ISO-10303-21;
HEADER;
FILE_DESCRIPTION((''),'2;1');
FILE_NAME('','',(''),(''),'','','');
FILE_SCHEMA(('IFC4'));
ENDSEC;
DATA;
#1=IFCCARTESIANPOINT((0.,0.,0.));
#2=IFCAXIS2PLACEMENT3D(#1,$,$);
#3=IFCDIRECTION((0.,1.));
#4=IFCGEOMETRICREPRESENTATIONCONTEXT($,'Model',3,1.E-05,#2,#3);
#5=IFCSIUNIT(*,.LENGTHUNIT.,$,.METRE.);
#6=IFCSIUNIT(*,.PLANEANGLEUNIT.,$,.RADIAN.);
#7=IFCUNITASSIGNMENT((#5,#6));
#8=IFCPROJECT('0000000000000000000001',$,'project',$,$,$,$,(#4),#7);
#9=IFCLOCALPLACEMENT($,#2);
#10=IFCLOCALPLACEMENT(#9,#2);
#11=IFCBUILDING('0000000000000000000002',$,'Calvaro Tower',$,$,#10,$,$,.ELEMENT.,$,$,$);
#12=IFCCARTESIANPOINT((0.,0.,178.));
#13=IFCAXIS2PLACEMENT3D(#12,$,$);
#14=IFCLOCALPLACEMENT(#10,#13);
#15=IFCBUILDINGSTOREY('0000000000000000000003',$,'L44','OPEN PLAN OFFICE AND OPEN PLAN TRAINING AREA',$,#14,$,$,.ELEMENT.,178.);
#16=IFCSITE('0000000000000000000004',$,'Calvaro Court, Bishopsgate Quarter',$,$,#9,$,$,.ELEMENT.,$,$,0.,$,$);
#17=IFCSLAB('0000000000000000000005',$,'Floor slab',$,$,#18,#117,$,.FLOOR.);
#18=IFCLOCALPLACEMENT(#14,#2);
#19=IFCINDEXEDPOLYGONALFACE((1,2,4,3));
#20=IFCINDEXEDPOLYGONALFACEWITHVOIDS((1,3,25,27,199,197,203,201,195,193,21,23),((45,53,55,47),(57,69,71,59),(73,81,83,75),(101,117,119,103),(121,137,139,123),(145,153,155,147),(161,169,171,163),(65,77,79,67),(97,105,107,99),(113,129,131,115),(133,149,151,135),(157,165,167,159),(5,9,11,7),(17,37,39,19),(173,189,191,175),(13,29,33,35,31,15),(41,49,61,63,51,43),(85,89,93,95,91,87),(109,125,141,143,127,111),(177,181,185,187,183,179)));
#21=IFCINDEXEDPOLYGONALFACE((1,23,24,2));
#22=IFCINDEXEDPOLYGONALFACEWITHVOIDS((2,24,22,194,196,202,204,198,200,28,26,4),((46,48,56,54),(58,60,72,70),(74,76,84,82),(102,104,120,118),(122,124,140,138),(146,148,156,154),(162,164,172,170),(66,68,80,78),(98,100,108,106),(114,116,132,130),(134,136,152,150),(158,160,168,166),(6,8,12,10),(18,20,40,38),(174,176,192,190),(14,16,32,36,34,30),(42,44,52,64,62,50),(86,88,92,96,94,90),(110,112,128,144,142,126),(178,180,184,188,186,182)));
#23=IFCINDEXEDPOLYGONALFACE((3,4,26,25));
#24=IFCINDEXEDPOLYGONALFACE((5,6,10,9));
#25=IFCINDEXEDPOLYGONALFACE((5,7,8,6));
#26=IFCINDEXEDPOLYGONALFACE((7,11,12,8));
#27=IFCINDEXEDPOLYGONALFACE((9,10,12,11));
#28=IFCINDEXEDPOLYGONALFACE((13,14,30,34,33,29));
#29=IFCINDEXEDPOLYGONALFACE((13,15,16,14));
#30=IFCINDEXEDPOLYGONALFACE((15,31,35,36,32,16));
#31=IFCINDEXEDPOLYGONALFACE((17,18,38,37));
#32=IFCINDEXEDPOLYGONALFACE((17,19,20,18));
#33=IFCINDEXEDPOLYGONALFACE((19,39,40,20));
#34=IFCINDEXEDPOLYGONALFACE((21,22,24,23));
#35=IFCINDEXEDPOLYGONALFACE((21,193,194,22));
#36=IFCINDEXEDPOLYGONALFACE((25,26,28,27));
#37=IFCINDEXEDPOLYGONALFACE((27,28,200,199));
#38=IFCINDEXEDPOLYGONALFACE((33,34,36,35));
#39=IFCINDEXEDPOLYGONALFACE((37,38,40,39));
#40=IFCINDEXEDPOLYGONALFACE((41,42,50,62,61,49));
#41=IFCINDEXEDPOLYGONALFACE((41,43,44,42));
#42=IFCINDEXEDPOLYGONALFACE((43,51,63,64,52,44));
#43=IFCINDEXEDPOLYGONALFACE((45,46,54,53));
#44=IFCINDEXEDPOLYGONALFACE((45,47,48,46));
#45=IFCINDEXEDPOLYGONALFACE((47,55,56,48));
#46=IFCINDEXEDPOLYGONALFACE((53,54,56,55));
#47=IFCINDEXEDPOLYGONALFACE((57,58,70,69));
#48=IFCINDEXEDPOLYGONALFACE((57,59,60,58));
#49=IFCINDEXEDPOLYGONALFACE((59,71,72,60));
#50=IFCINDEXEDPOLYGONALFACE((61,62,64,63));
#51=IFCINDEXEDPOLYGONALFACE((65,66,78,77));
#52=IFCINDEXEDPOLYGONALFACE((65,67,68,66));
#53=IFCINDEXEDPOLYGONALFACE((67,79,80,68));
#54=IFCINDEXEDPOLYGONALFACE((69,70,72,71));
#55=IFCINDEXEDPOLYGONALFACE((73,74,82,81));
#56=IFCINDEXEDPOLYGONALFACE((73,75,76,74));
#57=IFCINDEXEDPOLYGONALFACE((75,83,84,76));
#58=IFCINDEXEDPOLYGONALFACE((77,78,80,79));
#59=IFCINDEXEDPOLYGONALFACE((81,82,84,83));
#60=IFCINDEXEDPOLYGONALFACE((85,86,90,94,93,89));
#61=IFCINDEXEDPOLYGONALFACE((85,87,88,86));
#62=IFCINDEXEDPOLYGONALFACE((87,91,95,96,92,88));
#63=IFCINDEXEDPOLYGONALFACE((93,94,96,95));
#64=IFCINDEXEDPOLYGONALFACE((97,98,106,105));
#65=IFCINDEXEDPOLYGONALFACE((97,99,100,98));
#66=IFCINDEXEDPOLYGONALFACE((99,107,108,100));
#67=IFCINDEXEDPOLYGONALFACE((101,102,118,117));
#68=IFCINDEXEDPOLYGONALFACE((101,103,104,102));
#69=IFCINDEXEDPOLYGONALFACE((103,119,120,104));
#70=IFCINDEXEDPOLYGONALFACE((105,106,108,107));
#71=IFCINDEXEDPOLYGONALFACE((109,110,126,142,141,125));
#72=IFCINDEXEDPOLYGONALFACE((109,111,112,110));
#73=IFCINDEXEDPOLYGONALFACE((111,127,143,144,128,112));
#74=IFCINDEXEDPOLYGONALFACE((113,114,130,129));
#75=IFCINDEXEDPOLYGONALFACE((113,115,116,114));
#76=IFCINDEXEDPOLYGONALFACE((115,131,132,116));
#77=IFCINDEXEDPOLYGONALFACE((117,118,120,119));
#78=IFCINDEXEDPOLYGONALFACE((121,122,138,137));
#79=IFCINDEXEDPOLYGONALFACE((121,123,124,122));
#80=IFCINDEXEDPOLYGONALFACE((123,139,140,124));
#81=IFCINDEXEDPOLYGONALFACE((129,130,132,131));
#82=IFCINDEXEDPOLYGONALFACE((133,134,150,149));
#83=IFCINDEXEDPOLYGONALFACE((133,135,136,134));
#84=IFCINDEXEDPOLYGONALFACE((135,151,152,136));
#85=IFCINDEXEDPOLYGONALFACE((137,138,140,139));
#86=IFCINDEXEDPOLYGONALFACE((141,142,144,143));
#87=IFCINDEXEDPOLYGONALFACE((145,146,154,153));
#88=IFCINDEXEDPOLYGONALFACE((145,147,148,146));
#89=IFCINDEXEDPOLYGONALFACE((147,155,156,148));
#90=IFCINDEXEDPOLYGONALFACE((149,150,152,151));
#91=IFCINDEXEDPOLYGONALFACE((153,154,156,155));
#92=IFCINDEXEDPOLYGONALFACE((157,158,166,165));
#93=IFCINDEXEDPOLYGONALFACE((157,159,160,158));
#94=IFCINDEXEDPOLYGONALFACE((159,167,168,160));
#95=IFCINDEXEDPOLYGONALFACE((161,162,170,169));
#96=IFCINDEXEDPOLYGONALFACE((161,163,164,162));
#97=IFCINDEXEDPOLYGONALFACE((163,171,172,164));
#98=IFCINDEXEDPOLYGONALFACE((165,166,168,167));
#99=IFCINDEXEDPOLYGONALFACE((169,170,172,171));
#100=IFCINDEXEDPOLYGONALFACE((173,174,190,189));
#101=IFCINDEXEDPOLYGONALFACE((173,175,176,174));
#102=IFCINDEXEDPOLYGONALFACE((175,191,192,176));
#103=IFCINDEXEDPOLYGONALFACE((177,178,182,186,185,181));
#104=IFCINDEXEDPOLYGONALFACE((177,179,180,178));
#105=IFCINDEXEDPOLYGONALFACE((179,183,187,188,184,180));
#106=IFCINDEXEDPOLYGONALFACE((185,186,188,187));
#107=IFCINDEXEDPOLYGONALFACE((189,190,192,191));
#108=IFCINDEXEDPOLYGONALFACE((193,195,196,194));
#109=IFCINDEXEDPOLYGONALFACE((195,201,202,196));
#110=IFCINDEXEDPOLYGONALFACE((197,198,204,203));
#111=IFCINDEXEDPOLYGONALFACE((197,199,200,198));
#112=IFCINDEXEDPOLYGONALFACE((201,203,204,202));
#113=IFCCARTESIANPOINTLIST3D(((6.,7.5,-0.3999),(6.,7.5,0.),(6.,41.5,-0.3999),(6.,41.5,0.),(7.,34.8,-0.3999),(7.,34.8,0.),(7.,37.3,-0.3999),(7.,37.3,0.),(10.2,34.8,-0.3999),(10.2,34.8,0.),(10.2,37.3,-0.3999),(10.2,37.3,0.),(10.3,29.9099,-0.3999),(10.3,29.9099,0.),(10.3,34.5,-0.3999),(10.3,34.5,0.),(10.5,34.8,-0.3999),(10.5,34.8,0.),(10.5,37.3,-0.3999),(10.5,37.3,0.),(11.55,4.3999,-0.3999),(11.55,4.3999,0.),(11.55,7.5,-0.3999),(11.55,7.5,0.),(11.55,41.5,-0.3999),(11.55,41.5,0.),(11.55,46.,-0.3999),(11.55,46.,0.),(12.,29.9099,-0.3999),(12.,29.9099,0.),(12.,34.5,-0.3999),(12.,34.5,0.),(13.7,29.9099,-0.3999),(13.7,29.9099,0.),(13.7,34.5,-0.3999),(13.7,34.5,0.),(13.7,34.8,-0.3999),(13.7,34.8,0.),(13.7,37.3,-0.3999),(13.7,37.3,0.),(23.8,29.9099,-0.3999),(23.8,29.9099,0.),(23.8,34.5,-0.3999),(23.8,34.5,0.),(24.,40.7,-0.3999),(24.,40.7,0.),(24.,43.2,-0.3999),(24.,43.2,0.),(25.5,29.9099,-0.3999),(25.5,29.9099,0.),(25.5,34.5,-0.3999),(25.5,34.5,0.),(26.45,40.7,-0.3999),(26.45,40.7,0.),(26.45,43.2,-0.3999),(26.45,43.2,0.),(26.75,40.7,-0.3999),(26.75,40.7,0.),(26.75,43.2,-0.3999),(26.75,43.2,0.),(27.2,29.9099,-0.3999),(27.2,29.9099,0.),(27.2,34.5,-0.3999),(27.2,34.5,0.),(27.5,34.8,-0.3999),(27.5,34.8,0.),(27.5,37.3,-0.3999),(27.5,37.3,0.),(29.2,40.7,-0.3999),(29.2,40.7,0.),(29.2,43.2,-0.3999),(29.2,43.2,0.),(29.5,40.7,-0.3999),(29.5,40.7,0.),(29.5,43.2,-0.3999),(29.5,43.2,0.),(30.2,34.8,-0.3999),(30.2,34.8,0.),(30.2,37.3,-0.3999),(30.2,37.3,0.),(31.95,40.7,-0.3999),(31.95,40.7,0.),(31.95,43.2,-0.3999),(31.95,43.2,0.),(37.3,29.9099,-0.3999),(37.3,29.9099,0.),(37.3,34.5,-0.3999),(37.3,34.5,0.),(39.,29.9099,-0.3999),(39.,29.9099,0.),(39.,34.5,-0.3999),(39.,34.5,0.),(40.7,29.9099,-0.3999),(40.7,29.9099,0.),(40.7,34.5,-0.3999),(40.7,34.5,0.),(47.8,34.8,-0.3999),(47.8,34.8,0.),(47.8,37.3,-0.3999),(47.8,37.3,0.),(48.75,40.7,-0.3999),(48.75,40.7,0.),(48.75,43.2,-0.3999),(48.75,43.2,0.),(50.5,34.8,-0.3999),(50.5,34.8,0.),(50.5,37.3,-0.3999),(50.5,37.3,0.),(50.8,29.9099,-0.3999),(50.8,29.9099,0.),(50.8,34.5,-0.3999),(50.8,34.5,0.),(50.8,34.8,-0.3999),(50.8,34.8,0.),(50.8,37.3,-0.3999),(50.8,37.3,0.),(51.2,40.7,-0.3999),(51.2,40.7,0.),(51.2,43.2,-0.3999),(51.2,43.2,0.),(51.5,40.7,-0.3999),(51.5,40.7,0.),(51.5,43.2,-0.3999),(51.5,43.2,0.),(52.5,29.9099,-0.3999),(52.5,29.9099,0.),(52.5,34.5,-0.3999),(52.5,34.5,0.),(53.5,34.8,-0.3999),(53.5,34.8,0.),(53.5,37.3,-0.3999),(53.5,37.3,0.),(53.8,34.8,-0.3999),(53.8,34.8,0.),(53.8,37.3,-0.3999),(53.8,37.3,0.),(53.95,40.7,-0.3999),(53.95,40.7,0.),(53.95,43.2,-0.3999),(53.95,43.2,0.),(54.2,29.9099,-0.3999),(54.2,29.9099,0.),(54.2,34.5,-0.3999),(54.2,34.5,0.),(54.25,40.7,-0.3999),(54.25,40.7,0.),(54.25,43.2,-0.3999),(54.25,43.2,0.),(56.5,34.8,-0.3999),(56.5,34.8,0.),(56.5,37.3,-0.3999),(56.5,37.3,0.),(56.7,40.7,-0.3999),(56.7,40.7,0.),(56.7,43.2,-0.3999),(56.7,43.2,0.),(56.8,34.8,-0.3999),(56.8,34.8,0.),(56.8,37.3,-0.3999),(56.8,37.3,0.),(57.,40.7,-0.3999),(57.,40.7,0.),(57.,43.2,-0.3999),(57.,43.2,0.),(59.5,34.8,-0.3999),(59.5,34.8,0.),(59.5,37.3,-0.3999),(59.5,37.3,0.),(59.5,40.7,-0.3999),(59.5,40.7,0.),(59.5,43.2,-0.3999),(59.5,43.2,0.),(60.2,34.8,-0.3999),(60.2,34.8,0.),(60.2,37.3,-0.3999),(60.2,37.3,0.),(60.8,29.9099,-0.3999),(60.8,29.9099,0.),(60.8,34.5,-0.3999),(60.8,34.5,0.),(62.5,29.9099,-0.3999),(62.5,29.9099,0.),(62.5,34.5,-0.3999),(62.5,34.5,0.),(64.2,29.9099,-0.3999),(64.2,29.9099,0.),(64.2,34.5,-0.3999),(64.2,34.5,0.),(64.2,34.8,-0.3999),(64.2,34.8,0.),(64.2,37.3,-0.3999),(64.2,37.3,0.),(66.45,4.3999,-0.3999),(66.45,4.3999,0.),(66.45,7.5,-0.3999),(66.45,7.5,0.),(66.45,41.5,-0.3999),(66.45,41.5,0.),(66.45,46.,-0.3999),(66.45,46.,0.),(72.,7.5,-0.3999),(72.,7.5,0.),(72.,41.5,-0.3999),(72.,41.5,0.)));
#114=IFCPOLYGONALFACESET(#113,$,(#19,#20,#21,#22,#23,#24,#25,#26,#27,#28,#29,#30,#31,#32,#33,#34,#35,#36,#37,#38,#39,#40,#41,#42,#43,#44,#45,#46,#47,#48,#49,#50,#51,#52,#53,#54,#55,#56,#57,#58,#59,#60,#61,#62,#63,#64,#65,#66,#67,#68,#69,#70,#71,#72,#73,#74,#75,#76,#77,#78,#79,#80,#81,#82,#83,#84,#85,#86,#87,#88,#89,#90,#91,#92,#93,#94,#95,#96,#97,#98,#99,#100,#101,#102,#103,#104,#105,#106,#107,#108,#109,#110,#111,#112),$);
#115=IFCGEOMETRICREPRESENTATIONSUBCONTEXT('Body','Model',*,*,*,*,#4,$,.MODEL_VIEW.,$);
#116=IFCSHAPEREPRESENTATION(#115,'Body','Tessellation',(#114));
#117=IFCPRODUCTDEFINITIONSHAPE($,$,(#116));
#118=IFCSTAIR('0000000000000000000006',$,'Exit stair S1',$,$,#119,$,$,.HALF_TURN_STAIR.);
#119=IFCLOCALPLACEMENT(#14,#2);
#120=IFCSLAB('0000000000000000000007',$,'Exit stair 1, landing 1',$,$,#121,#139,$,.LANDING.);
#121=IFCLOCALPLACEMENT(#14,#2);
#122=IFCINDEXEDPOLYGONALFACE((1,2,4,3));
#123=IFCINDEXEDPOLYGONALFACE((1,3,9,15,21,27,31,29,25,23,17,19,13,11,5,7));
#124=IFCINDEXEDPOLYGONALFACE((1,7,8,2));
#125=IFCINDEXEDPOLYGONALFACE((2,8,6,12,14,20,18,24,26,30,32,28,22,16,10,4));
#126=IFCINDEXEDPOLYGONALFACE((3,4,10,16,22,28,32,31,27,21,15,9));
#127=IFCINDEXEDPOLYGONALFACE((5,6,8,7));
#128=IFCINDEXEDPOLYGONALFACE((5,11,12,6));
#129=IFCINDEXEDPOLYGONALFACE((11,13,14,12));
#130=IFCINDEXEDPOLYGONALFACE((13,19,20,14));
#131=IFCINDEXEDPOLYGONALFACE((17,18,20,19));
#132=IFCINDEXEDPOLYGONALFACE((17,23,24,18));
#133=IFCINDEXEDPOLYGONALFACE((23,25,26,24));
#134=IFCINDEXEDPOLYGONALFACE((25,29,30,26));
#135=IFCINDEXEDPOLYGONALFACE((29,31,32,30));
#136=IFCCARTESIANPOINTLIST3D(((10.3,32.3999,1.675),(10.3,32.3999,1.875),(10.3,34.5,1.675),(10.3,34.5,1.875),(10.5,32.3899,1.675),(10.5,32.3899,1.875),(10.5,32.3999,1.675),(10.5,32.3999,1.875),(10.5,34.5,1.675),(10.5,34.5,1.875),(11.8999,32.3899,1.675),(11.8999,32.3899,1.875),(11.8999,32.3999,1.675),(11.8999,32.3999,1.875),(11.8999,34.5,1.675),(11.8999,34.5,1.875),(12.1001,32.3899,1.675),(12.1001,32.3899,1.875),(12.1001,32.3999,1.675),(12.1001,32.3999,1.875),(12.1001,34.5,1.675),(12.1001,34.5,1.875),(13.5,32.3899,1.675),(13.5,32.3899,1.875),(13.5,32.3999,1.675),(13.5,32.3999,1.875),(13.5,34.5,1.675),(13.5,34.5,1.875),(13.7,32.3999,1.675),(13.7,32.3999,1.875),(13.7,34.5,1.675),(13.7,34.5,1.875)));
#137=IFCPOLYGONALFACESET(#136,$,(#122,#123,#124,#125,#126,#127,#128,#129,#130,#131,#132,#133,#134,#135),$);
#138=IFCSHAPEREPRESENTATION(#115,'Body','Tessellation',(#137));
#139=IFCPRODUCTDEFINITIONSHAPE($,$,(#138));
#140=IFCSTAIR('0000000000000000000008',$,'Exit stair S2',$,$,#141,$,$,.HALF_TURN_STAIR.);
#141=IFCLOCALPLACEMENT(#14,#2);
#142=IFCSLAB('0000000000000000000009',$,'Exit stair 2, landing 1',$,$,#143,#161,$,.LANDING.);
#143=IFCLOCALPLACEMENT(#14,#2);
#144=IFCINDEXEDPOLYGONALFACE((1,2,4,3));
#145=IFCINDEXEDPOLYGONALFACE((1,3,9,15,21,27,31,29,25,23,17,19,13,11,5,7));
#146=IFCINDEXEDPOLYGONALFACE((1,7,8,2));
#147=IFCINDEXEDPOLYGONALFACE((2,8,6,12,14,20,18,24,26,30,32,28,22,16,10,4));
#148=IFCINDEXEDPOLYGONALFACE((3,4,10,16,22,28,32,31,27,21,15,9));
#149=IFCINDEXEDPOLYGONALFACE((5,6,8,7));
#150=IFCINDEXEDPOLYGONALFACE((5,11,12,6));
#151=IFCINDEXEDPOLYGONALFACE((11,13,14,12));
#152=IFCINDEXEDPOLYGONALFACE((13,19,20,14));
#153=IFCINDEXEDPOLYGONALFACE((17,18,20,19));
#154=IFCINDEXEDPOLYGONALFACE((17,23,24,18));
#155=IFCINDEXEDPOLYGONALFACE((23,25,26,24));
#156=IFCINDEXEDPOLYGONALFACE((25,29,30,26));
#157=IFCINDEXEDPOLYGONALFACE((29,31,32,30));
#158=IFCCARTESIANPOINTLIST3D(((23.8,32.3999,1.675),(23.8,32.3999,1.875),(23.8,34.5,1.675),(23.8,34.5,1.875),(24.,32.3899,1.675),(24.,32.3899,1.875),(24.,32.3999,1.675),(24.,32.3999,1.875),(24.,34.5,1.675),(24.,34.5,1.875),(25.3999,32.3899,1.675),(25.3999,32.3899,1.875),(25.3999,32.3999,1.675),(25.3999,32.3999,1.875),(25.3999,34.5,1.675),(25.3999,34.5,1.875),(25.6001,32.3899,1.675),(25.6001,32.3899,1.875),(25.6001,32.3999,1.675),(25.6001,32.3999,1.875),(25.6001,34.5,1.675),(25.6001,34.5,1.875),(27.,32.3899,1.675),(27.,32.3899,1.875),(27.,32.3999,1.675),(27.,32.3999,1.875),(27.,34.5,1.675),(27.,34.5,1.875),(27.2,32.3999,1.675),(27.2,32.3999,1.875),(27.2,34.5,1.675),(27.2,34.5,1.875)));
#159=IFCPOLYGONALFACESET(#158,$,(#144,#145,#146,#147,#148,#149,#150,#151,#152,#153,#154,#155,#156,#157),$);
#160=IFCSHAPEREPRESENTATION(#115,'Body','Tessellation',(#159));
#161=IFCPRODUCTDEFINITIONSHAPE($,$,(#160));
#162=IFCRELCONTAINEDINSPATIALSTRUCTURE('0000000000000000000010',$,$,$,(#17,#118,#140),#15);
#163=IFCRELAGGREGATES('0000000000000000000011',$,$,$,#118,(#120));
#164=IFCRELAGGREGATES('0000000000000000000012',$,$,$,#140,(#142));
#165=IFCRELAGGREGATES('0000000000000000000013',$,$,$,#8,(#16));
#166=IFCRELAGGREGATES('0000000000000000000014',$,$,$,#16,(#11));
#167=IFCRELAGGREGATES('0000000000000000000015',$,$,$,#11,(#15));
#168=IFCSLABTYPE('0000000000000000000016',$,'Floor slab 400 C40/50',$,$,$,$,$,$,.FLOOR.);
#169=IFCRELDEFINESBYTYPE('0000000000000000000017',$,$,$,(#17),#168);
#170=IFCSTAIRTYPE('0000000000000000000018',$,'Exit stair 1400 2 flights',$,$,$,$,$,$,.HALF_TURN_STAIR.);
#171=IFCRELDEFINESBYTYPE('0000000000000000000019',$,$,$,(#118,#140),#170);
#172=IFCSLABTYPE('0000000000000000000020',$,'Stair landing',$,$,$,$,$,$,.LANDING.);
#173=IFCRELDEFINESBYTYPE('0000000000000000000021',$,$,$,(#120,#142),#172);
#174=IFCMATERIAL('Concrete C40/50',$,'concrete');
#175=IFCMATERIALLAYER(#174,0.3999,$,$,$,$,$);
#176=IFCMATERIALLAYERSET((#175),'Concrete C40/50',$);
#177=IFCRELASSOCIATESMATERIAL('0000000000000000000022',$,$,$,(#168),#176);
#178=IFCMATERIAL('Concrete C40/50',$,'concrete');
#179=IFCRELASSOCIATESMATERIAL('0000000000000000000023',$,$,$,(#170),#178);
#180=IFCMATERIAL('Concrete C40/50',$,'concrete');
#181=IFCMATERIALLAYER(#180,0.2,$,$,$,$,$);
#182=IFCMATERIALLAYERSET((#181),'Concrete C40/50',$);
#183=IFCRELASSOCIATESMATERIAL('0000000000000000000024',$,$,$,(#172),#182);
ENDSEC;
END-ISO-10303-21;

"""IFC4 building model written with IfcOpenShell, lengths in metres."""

from ifc_helpers import new_model, si_unit, direction, frame, origin, place, context, subcontext, project, spatial, polyline, outline, extrude, material, layer, layer_set, type_object, element, aggregate, save


model = new_model("IFC4")

# Units and contexts
model_context = context("Model", 3, precision=1e-05, world=origin(), true_north=direction((0.0, 1.0)))
body_context = subcontext(model_context, "Body", "Model", "MODEL_VIEW")
ifc_project = project(units=[si_unit("LENGTHUNIT", "METRE"), si_unit("PLANEANGLEUNIT", "RADIAN")], contexts=[model_context])

# Site, building, storey
site_placement = place(None, origin())
site = spatial("IfcSite", under=ifc_project, at=site_placement, Name="Calvaro Court, Bishopsgate Quarter", CompositionType="ELEMENT", RefElevation=0.0)
building_placement = place(site_placement, origin())
building = spatial("IfcBuilding", under=site, at=building_placement, Name="Calvaro Tower", CompositionType="ELEMENT")
storey_placement = place(building_placement, frame((0.0, 0.0, 178.0)))
storey = spatial("IfcBuildingStorey", under=building, at=storey_placement, Name="L44", Description="OPEN PLAN OFFICE AND OPEN PLAN TRAINING AREA", CompositionType="ELEMENT", Elevation=178.0)

# Slab
ifc_material_1 = material(Name="Concrete C40/50", Category="concrete")
ifc_layer_1 = layer(ifc_material_1, 0.3999)
ifc_layer_set_1 = layer_set([ifc_layer_1], Name="Concrete C40/50")
slab_type_1 = type_object("IfcSlabType", Name="Floor slab 400 C40/50", PredefinedType="FLOOR", material=ifc_layer_set_1)
slab_1_placement = place(storey_placement, frame((0.0, 0.0, -0.3999)))
element("IfcSlab", 1, at=slab_1_placement, inside=storey, type_object=slab_type_1, Name="Floor slab", PredefinedType="FLOOR", context=body_context, shape_type="SweptSolid", body=[
    extrude(outline(polyline([(66.45, 7.5), (66.45, 4.3999), (11.55, 4.3999), (11.55, 7.5), (6.0, 7.5), (6.0, 41.5), (11.55, 41.5), (11.55, 46.0), (66.45, 46.0), (66.45, 41.5), (72.0, 41.5), (72.0, 7.5), (66.45, 7.5)]), holes=[polyline([(10.3, 29.9099), (10.3, 34.5), (12.0, 34.5), (13.7, 34.5), (13.7, 29.9099), (12.0, 29.9099), (10.3, 29.9099)]), polyline([(23.8, 29.9099), (23.8, 34.5), (25.5, 34.5), (27.2, 34.5), (27.2, 29.9099), (25.5, 29.9099), (23.8, 29.9099)]), polyline([(37.3, 29.9099), (37.3, 34.5), (39.0, 34.5), (40.7, 34.5), (40.7, 29.9099), (39.0, 29.9099), (37.3, 29.9099)]), polyline([(50.8, 29.9099), (50.8, 34.5), (52.5, 34.5), (54.2, 34.5), (54.2, 29.9099), (52.5, 29.9099), (50.8, 29.9099)]), polyline([(60.8, 29.9099), (60.8, 34.5), (62.5, 34.5), (64.2, 34.5), (64.2, 29.9099), (62.5, 29.9099), (60.8, 29.9099)]), polyline([(50.8, 34.8), (53.5, 34.8), (53.5, 37.3), (50.8, 37.3), (50.8, 34.8)]), polyline([(53.8, 34.8), (56.5, 34.8), (56.5, 37.3), (53.8, 37.3), (53.8, 34.8)]), polyline([(56.8, 34.8), (59.5, 34.8), (59.5, 37.3), (56.8, 37.3), (56.8, 34.8)]), polyline([(24.0, 40.7), (26.45, 40.7), (26.45, 43.2), (24.0, 43.2), (24.0, 40.7)]), polyline([(26.75, 40.7), (29.2, 40.7), (29.2, 43.2), (26.75, 43.2), (26.75, 40.7)]), polyline([(29.5, 40.7), (31.95, 40.7), (31.95, 43.2), (29.5, 43.2), (29.5, 40.7)]), polyline([(48.75, 40.7), (51.2, 40.7), (51.2, 43.2), (48.75, 43.2), (48.75, 40.7)]), polyline([(51.5, 40.7), (53.95, 40.7), (53.95, 43.2), (51.5, 43.2), (51.5, 40.7)]), polyline([(54.25, 40.7), (56.7, 40.7), (56.7, 43.2), (54.25, 43.2), (54.25, 40.7)]), polyline([(57.0, 40.7), (59.5, 40.7), (59.5, 43.2), (57.0, 43.2), (57.0, 40.7)]), polyline([(7.0, 34.8), (10.2, 34.8), (10.2, 37.3), (7.0, 37.3), (7.0, 34.8)]), polyline([(10.5, 34.8), (13.7, 34.8), (13.7, 37.3), (10.5, 37.3), (10.5, 34.8)]), polyline([(60.2, 34.8), (64.2, 34.8), (64.2, 37.3), (60.2, 37.3), (60.2, 34.8)]), polyline([(27.5, 34.8), (30.2, 34.8), (30.2, 37.3), (27.5, 37.3), (27.5, 34.8)]), polyline([(47.8, 34.8), (50.5, 34.8), (50.5, 37.3), (47.8, 37.3), (47.8, 34.8)])]), origin(), (0.0, 0.0, 1.0), 0.3999),
])

# Stairs, slabs
ifc_material_2 = material(Name="Concrete C40/50", Category="concrete")
stair_type = type_object("IfcStairType", Name="Exit stair 1400 2 flights", PredefinedType="HALF_TURN_STAIR", material=ifc_material_2)
stair_1_placement = place(storey_placement, origin())
stair_1 = element("IfcStair", 2, at=stair_1_placement, inside=storey, type_object=stair_type, Name="Exit stair S1", PredefinedType="HALF_TURN_STAIR")
ifc_material_3 = material(Name="Concrete C40/50", Category="concrete")
ifc_layer_2 = layer(ifc_material_3, 0.2)
ifc_layer_set_2 = layer_set([ifc_layer_2], Name="Concrete C40/50")
slab_type_2 = type_object("IfcSlabType", Name="Stair landing", PredefinedType="LANDING", material=ifc_layer_set_2)
slab_2_placement = place(storey_placement, frame((0.0, 0.0, 1.675)))
slab_2 = element("IfcSlab", 3, at=slab_2_placement, type_object=slab_type_2, Name="Exit stair 1, landing 1", PredefinedType="LANDING", context=body_context, shape_type="SweptSolid", body=[
    extrude(outline(polyline([(11.8999, 32.3899), (10.5, 32.3899), (10.5, 32.3999), (10.3, 32.3999), (10.3, 34.5), (10.5, 34.5), (11.8999, 34.5), (12.1001, 34.5), (13.5, 34.5), (13.7, 34.5), (13.7, 32.3999), (13.5, 32.3999), (13.5, 32.3899), (12.1001, 32.3899), (12.1001, 32.3999), (11.8999, 32.3999), (11.8999, 32.3899)])), origin(), (0.0, 0.0, 1.0), 0.2),
])
aggregate(stair_1, [slab_2])
stair_2_placement = place(storey_placement, origin())
stair_2 = element("IfcStair", 4, at=stair_2_placement, inside=storey, type_object=stair_type, Name="Exit stair S2", PredefinedType="HALF_TURN_STAIR")
slab_3_placement = place(storey_placement, frame((0.0, 0.0, 1.675)))
slab_3 = element("IfcSlab", 5, at=slab_3_placement, type_object=slab_type_2, Name="Exit stair 2, landing 1", PredefinedType="LANDING", context=body_context, shape_type="SweptSolid", body=[
    extrude(outline(polyline([(25.3999, 32.3899), (24.0, 32.3899), (24.0, 32.3999), (23.8, 32.3999), (23.8, 34.5), (24.0, 34.5), (25.3999, 34.5), (25.6001, 34.5), (27.0, 34.5), (27.2, 34.5), (27.2, 32.3999), (27.0, 32.3999), (27.0, 32.3899), (25.6001, 32.3899), (25.6001, 32.3999), (25.3999, 32.3999), (25.3999, 32.3899)])), origin(), (0.0, 0.0, 1.0), 0.2),
])
aggregate(stair_2, [slab_3])

save(model, "model.ifc")
